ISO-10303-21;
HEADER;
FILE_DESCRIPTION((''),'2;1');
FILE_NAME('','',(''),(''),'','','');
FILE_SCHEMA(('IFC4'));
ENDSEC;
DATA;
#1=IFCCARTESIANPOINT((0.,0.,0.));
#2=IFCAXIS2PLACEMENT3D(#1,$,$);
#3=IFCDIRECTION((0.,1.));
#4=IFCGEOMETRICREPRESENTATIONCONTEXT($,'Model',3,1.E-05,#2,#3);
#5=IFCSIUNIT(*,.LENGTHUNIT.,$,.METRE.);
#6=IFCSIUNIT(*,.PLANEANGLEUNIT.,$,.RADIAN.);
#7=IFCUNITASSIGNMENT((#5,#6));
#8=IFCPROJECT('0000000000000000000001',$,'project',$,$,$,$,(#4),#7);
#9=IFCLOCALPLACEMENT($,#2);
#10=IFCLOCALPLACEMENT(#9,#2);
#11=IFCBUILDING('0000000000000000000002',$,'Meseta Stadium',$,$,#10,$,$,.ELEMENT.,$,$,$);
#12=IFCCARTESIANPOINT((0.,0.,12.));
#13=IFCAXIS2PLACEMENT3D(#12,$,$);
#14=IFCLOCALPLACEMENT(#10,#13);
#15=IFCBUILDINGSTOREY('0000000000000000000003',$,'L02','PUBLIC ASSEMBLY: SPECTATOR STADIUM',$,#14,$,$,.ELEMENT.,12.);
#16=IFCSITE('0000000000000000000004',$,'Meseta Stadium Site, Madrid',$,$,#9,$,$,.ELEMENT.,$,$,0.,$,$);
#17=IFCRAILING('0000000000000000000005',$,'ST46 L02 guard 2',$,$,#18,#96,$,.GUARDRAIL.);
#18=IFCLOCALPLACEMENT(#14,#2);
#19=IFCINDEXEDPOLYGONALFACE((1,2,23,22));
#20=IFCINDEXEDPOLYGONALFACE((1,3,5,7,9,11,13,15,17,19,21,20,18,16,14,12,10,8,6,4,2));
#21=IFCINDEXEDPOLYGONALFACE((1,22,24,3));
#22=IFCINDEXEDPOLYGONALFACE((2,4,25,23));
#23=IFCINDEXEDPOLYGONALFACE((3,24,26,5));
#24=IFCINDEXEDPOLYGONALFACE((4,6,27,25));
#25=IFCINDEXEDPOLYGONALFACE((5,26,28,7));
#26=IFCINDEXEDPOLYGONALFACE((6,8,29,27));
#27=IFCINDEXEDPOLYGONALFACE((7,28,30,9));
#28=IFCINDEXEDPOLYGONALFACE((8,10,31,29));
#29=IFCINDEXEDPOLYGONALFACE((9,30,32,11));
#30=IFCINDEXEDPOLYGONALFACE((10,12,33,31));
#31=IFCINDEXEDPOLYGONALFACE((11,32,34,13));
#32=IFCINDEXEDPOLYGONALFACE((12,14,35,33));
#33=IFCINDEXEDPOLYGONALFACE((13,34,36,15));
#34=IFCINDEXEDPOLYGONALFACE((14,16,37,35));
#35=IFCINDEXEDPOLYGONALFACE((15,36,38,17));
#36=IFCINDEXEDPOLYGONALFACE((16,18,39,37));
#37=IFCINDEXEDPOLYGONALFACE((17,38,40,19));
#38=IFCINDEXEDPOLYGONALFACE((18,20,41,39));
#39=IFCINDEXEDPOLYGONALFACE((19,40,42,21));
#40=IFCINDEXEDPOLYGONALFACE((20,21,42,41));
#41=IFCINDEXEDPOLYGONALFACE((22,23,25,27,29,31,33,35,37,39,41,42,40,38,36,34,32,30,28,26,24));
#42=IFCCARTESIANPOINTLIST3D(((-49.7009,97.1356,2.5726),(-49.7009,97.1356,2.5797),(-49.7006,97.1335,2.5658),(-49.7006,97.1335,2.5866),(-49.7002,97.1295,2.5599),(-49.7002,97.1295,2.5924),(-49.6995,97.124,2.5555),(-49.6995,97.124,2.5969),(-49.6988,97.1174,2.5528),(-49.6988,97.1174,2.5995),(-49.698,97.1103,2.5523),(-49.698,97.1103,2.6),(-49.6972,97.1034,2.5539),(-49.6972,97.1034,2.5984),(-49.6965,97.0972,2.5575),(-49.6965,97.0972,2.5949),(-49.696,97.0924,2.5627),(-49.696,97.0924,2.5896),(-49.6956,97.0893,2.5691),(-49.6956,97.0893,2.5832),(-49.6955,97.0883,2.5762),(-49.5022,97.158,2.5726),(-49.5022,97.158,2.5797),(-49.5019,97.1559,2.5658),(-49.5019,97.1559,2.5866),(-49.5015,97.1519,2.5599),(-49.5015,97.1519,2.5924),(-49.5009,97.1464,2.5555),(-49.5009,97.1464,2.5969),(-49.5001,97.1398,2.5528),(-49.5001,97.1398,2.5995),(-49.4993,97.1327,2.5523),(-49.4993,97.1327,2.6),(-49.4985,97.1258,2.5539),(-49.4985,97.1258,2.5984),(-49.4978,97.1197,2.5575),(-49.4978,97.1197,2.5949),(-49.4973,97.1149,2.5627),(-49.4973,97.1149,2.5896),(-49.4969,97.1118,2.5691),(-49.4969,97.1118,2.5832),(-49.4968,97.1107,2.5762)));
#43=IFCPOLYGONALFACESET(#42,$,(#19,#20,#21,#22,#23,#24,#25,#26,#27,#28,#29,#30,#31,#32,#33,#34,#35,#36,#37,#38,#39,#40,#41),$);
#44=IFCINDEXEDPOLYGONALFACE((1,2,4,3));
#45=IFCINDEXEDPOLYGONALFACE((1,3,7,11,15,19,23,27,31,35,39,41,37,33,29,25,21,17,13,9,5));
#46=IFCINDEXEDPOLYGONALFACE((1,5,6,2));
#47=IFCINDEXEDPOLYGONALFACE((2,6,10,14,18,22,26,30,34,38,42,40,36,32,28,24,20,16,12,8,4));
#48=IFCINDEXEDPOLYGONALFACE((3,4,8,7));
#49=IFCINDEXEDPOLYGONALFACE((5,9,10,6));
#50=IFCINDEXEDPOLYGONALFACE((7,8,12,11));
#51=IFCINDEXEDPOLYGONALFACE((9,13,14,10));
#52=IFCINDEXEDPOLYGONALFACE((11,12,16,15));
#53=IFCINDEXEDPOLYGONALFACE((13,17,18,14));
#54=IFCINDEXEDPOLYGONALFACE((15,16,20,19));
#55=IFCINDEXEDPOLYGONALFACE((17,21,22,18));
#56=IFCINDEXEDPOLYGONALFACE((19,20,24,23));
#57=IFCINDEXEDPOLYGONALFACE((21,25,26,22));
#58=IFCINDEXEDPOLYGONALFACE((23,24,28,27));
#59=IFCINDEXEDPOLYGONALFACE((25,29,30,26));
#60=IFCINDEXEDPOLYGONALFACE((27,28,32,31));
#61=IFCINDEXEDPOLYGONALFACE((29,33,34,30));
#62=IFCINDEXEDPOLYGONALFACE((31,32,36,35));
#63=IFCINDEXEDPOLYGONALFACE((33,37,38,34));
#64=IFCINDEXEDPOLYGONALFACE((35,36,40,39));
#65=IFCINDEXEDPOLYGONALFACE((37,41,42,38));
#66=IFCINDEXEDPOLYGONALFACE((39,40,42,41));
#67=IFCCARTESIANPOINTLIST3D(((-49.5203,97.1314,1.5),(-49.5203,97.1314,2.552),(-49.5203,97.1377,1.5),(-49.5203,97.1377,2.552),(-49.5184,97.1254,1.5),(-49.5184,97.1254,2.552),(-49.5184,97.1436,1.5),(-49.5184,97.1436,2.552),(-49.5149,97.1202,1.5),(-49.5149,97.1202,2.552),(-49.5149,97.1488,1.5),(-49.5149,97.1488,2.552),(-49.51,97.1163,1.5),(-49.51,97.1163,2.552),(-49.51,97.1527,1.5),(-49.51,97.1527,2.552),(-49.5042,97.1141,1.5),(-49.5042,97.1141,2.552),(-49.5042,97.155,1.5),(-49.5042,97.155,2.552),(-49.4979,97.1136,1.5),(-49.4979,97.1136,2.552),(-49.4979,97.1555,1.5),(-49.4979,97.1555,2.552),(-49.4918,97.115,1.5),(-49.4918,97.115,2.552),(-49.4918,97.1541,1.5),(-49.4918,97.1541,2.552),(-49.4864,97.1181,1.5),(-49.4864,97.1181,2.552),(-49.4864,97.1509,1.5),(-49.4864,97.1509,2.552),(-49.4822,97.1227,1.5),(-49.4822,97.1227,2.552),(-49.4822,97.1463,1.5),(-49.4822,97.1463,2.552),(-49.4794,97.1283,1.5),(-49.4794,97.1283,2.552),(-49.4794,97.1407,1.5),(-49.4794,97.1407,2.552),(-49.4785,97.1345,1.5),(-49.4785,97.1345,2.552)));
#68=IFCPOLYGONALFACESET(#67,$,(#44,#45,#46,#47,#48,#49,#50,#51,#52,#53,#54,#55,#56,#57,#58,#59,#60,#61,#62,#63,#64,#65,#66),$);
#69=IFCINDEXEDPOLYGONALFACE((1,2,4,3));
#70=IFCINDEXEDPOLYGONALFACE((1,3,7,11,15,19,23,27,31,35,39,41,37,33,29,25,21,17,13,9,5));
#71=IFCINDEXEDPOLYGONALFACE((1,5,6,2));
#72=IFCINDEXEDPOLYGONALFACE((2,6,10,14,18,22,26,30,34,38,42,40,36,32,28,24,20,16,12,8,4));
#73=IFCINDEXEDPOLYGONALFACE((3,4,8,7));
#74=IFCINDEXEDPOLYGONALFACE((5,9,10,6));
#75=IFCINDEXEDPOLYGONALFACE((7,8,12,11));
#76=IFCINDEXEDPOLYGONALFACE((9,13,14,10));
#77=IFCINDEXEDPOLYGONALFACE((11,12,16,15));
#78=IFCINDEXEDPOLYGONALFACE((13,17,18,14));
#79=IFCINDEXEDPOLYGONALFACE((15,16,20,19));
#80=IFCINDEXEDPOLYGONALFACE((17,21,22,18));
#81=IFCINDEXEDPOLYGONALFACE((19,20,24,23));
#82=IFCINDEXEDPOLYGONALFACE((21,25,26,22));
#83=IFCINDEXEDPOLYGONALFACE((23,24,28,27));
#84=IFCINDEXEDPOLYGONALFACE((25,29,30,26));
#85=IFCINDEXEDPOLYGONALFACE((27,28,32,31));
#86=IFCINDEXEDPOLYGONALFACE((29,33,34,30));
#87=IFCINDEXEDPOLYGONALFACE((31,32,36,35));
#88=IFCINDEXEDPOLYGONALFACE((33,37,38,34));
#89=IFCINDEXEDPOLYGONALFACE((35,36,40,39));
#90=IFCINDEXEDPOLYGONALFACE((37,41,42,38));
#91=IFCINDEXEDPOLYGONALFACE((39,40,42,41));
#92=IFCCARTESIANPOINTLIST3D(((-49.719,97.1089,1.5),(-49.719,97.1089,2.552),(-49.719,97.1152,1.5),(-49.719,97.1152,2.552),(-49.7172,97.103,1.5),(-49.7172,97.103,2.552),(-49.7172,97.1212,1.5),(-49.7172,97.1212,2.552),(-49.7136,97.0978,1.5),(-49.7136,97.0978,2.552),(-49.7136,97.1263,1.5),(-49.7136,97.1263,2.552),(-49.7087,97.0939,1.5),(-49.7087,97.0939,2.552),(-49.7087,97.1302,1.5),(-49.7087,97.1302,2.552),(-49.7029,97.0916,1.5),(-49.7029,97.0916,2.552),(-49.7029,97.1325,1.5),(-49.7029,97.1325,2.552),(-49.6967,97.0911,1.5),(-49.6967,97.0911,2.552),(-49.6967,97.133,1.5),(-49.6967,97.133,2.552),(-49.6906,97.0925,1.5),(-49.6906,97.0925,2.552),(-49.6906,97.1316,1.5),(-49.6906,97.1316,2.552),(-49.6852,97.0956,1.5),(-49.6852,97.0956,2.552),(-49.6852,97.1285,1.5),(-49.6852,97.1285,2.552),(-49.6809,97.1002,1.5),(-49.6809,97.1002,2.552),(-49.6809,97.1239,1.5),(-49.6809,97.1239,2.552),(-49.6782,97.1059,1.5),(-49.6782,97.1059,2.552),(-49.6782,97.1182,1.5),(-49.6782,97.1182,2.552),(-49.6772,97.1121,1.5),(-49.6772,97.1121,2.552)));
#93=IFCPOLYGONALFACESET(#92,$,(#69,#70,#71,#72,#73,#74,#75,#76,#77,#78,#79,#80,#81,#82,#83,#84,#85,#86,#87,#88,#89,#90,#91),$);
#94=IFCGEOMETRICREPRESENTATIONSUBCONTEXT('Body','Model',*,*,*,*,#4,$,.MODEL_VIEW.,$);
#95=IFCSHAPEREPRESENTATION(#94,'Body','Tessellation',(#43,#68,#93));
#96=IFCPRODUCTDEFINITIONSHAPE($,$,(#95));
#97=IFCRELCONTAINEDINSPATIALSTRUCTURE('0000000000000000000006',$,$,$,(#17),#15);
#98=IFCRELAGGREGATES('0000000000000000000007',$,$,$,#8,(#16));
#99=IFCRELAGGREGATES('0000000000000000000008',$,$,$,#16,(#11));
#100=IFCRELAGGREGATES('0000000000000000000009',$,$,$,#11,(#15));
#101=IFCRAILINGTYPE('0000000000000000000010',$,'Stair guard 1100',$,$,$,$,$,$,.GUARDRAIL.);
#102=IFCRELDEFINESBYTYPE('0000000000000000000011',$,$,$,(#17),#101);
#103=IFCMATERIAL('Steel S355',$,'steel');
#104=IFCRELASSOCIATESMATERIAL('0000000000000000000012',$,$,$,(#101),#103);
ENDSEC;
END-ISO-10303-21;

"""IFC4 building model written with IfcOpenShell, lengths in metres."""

from ifc_helpers import new_model, si_unit, direction, frame, origin, origin_2d, place, context, subcontext, project, spatial, circle, extrude, material, type_object, element, save


model = new_model("IFC4")

# Units and contexts
model_context = context("Model", 3, precision=1e-05, world=origin(), true_north=direction((0.0, 1.0)))
body_context = subcontext(model_context, "Body", "Model", "MODEL_VIEW")
ifc_project = project(units=[si_unit("LENGTHUNIT", "METRE"), si_unit("PLANEANGLEUNIT", "RADIAN")], contexts=[model_context])

# Site, building, storey
site_placement = place(None, origin())
site = spatial("IfcSite", under=ifc_project, at=site_placement, Name="Meseta Stadium Site, Madrid", CompositionType="ELEMENT", RefElevation=0.0)
building_placement = place(site_placement, origin())
building = spatial("IfcBuilding", under=site, at=building_placement, Name="Meseta Stadium", CompositionType="ELEMENT")
storey_placement = place(building_placement, frame((0.0, 0.0, 12.0)))
storey = spatial("IfcBuildingStorey", under=building, at=storey_placement, Name="L02", Description="PUBLIC ASSEMBLY: SPECTATOR STADIUM", CompositionType="ELEMENT", Elevation=12.0)

# Railing
ifc_material_1 = material(Name="Steel S355", Category="steel")
railing_type_1 = type_object("IfcRailingType", Name="Stair guard 1100", PredefinedType="GUARDRAIL", material=ifc_material_1)
railing_1_placement = place(storey_placement, frame((-49.4995, 97.1345, 1.5)))
element("IfcRailing", 1, at=railing_1_placement, inside=storey, type_object=railing_type_1, Name="ST46 L02 guard 2", PredefinedType="GUARDRAIL", context=body_context, shape_type="SweptSolid", body=[
    extrude(circle(Radius=0.0239, at=origin_2d()), frame((0.0, 0.0, 1.0762), z_axis=(-0.993674, -0.112307, 0.0), x_axis=(0.112307, -0.993674, 0.0)), (0.0, 0.0, 1.0), 0.2),
    extrude(circle(Radius=0.021, at=origin_2d()), origin(), (0.0, 0.0, 1.0), 1.052),
    extrude(circle(Radius=0.021, at=origin_2d()), frame((-0.1987, -0.0225, 0.0)), (0.0, 0.0, 1.0), 1.052),
])

save(model, "model.ifc")
